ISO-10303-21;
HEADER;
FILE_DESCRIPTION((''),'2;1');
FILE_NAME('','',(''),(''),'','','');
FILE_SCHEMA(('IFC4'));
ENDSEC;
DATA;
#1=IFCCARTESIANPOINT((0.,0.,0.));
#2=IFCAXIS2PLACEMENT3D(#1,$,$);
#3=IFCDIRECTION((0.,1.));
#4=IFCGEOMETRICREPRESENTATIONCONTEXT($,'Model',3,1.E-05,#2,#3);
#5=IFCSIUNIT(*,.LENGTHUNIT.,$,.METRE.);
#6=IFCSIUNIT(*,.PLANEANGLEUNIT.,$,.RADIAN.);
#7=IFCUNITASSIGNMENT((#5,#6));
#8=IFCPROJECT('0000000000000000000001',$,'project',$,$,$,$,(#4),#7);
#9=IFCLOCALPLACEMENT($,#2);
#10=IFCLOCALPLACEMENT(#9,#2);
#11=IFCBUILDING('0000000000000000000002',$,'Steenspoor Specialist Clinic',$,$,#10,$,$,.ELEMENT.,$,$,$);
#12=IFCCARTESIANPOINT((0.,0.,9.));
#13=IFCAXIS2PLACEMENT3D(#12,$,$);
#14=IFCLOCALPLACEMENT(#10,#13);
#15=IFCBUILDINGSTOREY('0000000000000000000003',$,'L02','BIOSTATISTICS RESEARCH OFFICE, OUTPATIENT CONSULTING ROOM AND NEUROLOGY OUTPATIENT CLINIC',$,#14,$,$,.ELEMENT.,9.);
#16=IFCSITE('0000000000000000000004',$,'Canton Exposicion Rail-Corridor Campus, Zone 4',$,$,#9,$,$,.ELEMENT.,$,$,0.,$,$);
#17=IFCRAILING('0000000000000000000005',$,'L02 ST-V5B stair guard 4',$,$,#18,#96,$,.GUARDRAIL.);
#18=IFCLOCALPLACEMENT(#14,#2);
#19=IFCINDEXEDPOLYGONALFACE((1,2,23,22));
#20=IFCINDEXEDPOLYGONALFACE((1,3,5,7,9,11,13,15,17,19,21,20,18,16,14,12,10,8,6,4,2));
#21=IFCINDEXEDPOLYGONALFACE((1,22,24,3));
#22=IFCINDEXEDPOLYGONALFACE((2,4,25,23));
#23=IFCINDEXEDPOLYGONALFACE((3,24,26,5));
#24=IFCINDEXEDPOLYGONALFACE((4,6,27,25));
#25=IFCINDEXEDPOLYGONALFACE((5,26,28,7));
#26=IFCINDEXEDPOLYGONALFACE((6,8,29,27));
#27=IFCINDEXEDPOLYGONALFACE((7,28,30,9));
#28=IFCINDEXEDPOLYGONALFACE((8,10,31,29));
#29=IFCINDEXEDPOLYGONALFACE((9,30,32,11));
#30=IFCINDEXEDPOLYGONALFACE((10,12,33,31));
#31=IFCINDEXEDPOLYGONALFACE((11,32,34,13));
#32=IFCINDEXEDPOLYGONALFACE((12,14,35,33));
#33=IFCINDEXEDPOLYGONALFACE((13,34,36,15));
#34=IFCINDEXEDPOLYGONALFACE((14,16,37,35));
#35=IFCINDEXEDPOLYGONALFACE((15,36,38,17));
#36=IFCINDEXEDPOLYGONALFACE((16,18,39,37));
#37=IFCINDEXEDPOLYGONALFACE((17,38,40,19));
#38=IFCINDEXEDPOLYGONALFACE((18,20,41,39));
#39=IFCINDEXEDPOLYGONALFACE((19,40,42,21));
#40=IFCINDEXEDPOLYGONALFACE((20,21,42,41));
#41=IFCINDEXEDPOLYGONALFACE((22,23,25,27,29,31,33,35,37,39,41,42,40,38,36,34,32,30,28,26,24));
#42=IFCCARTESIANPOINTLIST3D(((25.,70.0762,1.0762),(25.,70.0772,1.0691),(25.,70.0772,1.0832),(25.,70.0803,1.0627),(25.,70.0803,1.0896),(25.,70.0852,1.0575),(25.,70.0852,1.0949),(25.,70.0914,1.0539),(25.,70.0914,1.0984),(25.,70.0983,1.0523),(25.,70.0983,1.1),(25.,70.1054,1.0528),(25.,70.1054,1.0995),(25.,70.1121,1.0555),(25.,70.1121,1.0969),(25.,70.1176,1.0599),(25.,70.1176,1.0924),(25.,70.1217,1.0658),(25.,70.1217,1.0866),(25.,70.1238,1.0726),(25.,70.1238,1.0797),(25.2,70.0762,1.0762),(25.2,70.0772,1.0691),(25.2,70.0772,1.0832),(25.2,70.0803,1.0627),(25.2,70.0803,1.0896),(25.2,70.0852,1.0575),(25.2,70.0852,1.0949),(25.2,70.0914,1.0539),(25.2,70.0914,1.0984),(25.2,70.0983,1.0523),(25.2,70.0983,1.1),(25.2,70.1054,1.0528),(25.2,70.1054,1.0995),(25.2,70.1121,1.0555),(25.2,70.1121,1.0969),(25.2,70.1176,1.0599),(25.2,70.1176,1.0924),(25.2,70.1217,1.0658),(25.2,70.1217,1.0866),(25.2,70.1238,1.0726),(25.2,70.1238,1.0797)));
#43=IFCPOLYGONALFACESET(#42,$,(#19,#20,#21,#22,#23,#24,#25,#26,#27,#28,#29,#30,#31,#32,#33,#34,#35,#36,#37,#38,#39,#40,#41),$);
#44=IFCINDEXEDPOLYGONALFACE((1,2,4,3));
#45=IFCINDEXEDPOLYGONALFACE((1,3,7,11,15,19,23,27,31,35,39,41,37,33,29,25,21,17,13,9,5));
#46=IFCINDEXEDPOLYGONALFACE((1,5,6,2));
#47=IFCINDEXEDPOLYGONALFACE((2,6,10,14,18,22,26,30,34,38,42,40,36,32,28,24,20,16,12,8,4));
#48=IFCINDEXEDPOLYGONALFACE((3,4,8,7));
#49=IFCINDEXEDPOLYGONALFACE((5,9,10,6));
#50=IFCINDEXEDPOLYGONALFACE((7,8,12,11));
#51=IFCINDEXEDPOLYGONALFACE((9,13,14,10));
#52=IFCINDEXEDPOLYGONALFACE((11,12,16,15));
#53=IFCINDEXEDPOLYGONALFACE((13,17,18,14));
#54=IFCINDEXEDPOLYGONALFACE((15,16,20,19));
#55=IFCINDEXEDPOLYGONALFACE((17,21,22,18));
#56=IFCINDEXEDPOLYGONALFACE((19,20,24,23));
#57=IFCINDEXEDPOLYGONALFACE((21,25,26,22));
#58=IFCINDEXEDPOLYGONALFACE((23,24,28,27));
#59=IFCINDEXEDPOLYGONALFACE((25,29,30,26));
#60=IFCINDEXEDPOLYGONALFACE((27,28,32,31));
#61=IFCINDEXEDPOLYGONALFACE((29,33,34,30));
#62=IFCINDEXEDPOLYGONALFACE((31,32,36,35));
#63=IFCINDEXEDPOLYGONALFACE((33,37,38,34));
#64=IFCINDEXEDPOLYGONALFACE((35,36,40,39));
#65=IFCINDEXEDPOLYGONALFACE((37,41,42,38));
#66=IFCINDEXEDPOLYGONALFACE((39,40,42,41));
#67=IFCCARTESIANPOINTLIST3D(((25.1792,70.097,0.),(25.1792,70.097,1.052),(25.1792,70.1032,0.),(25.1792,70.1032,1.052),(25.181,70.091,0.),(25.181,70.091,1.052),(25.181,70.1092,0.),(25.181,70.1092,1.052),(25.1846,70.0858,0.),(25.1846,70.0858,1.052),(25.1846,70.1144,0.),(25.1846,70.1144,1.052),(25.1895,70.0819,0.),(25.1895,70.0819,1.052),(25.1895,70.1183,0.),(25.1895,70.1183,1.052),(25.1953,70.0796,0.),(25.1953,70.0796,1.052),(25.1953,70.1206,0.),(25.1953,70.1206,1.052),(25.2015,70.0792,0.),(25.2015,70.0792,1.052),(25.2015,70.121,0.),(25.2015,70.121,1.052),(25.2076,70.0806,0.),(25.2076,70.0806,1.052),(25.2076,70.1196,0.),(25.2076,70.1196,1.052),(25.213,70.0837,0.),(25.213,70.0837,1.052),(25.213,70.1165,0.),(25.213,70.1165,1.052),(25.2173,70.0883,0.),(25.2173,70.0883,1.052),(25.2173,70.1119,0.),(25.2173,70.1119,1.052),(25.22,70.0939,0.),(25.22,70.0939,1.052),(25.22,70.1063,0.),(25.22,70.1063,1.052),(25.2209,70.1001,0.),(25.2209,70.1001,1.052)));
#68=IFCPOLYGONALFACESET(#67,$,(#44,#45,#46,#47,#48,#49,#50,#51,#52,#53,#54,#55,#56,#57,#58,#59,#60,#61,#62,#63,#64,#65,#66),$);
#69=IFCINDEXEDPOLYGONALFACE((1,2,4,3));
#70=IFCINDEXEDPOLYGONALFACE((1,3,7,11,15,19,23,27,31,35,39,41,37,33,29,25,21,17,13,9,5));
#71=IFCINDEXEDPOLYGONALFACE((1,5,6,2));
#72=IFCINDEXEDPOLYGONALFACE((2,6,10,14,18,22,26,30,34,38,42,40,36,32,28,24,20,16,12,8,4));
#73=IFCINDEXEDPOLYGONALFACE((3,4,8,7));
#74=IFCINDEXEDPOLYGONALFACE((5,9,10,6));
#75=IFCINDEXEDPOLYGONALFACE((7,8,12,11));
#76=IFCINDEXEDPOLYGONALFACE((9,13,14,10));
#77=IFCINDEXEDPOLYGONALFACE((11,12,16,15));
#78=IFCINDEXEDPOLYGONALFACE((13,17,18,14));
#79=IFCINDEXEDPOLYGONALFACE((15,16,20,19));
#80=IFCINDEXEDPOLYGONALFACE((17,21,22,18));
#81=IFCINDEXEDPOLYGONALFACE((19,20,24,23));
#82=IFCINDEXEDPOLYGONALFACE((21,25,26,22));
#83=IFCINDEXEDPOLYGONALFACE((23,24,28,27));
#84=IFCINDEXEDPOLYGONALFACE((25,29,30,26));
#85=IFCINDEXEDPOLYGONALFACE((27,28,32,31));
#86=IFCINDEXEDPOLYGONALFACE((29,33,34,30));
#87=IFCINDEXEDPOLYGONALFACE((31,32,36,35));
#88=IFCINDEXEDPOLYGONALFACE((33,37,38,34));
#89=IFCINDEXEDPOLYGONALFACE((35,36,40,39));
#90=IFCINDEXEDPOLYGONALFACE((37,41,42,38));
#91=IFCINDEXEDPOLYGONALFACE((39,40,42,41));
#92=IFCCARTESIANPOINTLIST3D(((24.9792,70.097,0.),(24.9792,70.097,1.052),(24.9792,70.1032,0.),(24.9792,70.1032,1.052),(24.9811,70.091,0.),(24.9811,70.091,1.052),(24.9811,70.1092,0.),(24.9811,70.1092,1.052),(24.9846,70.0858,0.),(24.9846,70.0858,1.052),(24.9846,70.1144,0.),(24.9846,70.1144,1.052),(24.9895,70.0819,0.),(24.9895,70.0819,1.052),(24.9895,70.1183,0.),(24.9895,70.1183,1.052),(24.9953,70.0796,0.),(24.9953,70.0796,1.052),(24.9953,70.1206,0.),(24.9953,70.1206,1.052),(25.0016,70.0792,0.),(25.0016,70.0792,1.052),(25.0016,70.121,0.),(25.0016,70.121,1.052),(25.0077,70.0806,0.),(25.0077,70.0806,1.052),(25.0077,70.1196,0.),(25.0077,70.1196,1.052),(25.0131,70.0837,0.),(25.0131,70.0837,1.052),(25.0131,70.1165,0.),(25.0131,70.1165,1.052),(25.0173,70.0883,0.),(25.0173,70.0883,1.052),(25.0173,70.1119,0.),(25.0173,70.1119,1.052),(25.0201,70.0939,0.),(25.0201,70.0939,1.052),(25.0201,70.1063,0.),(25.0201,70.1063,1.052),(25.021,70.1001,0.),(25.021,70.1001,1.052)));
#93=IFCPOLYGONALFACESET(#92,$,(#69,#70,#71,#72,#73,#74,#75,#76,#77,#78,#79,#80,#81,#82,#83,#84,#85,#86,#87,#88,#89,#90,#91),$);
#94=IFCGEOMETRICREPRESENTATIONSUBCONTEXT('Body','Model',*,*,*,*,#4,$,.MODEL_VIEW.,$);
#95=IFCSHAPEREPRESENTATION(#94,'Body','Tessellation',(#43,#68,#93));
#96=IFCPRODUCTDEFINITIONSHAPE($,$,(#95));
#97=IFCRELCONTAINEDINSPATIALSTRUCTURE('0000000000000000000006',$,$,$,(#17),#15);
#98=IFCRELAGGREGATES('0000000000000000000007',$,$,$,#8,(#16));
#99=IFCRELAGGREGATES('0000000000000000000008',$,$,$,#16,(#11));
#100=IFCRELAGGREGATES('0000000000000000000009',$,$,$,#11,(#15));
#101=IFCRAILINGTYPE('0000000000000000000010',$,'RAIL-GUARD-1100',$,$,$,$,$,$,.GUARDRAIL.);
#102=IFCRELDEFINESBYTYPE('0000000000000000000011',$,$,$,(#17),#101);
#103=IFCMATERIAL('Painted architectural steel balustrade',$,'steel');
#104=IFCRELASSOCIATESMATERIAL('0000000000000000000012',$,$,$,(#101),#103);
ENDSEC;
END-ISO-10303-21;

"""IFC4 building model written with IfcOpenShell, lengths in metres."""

from ifc_helpers import new_model, si_unit, direction, frame, origin, origin_2d, place, context, subcontext, project, spatial, circle, extrude, material, type_object, element, save


model = new_model("IFC4")

# Units and contexts
model_context = context("Model", 3, precision=1e-05, world=origin(), true_north=direction((0.0, 1.0)))
body_context = subcontext(model_context, "Body", "Model", "MODEL_VIEW")
ifc_project = project(units=[si_unit("LENGTHUNIT", "METRE"), si_unit("PLANEANGLEUNIT", "RADIAN")], contexts=[model_context])

# Site, building, storey
site_placement = place(None, origin())
site = spatial("IfcSite", under=ifc_project, at=site_placement, Name="Canton Exposicion Rail-Corridor Campus, Zone 4", CompositionType="ELEMENT", RefElevation=0.0)
building_placement = place(site_placement, origin())
building = spatial("IfcBuilding", under=site, at=building_placement, Name="Steenspoor Specialist Clinic", CompositionType="ELEMENT")
storey_placement = place(building_placement, frame((0.0, 0.0, 9.0)))
storey = spatial("IfcBuildingStorey", under=building, at=storey_placement, Name="L02", Description="BIOSTATISTICS RESEARCH OFFICE, OUTPATIENT CONSULTING ROOM AND NEUROLOGY OUTPATIENT CLINIC", CompositionType="ELEMENT", Elevation=9.0)

# Railing
ifc_material_1 = material(Name="Painted architectural steel balustrade", Category="steel")
railing_type_1 = type_object("IfcRailingType", Name="RAIL-GUARD-1100", PredefinedType="GUARDRAIL", material=ifc_material_1)
railing_1_placement = place(storey_placement, frame((25.2, 70.1001, 0.0)))
element("IfcRailing", 1, at=railing_1_placement, inside=storey, type_object=railing_type_1, Name="L02 ST-V5B stair guard 4", PredefinedType="GUARDRAIL", context=body_context, shape_type="SweptSolid", body=[
    extrude(circle(Radius=0.0239, at=origin_2d()), frame((0.0, 0.0, 1.0762), z_axis=(-1.0, 0.0, 0.0), x_axis=(0.0, -1.0, 0.0)), (0.0, 0.0, 1.0), 0.2),
    extrude(circle(Radius=0.021, at=origin_2d()), origin(), (0.0, 0.0, 1.0), 1.052),
    extrude(circle(Radius=0.021, at=origin_2d()), frame((-0.2, 0.0, 0.0)), (0.0, 0.0, 1.0), 1.052),
])

save(model, "model.ifc")
